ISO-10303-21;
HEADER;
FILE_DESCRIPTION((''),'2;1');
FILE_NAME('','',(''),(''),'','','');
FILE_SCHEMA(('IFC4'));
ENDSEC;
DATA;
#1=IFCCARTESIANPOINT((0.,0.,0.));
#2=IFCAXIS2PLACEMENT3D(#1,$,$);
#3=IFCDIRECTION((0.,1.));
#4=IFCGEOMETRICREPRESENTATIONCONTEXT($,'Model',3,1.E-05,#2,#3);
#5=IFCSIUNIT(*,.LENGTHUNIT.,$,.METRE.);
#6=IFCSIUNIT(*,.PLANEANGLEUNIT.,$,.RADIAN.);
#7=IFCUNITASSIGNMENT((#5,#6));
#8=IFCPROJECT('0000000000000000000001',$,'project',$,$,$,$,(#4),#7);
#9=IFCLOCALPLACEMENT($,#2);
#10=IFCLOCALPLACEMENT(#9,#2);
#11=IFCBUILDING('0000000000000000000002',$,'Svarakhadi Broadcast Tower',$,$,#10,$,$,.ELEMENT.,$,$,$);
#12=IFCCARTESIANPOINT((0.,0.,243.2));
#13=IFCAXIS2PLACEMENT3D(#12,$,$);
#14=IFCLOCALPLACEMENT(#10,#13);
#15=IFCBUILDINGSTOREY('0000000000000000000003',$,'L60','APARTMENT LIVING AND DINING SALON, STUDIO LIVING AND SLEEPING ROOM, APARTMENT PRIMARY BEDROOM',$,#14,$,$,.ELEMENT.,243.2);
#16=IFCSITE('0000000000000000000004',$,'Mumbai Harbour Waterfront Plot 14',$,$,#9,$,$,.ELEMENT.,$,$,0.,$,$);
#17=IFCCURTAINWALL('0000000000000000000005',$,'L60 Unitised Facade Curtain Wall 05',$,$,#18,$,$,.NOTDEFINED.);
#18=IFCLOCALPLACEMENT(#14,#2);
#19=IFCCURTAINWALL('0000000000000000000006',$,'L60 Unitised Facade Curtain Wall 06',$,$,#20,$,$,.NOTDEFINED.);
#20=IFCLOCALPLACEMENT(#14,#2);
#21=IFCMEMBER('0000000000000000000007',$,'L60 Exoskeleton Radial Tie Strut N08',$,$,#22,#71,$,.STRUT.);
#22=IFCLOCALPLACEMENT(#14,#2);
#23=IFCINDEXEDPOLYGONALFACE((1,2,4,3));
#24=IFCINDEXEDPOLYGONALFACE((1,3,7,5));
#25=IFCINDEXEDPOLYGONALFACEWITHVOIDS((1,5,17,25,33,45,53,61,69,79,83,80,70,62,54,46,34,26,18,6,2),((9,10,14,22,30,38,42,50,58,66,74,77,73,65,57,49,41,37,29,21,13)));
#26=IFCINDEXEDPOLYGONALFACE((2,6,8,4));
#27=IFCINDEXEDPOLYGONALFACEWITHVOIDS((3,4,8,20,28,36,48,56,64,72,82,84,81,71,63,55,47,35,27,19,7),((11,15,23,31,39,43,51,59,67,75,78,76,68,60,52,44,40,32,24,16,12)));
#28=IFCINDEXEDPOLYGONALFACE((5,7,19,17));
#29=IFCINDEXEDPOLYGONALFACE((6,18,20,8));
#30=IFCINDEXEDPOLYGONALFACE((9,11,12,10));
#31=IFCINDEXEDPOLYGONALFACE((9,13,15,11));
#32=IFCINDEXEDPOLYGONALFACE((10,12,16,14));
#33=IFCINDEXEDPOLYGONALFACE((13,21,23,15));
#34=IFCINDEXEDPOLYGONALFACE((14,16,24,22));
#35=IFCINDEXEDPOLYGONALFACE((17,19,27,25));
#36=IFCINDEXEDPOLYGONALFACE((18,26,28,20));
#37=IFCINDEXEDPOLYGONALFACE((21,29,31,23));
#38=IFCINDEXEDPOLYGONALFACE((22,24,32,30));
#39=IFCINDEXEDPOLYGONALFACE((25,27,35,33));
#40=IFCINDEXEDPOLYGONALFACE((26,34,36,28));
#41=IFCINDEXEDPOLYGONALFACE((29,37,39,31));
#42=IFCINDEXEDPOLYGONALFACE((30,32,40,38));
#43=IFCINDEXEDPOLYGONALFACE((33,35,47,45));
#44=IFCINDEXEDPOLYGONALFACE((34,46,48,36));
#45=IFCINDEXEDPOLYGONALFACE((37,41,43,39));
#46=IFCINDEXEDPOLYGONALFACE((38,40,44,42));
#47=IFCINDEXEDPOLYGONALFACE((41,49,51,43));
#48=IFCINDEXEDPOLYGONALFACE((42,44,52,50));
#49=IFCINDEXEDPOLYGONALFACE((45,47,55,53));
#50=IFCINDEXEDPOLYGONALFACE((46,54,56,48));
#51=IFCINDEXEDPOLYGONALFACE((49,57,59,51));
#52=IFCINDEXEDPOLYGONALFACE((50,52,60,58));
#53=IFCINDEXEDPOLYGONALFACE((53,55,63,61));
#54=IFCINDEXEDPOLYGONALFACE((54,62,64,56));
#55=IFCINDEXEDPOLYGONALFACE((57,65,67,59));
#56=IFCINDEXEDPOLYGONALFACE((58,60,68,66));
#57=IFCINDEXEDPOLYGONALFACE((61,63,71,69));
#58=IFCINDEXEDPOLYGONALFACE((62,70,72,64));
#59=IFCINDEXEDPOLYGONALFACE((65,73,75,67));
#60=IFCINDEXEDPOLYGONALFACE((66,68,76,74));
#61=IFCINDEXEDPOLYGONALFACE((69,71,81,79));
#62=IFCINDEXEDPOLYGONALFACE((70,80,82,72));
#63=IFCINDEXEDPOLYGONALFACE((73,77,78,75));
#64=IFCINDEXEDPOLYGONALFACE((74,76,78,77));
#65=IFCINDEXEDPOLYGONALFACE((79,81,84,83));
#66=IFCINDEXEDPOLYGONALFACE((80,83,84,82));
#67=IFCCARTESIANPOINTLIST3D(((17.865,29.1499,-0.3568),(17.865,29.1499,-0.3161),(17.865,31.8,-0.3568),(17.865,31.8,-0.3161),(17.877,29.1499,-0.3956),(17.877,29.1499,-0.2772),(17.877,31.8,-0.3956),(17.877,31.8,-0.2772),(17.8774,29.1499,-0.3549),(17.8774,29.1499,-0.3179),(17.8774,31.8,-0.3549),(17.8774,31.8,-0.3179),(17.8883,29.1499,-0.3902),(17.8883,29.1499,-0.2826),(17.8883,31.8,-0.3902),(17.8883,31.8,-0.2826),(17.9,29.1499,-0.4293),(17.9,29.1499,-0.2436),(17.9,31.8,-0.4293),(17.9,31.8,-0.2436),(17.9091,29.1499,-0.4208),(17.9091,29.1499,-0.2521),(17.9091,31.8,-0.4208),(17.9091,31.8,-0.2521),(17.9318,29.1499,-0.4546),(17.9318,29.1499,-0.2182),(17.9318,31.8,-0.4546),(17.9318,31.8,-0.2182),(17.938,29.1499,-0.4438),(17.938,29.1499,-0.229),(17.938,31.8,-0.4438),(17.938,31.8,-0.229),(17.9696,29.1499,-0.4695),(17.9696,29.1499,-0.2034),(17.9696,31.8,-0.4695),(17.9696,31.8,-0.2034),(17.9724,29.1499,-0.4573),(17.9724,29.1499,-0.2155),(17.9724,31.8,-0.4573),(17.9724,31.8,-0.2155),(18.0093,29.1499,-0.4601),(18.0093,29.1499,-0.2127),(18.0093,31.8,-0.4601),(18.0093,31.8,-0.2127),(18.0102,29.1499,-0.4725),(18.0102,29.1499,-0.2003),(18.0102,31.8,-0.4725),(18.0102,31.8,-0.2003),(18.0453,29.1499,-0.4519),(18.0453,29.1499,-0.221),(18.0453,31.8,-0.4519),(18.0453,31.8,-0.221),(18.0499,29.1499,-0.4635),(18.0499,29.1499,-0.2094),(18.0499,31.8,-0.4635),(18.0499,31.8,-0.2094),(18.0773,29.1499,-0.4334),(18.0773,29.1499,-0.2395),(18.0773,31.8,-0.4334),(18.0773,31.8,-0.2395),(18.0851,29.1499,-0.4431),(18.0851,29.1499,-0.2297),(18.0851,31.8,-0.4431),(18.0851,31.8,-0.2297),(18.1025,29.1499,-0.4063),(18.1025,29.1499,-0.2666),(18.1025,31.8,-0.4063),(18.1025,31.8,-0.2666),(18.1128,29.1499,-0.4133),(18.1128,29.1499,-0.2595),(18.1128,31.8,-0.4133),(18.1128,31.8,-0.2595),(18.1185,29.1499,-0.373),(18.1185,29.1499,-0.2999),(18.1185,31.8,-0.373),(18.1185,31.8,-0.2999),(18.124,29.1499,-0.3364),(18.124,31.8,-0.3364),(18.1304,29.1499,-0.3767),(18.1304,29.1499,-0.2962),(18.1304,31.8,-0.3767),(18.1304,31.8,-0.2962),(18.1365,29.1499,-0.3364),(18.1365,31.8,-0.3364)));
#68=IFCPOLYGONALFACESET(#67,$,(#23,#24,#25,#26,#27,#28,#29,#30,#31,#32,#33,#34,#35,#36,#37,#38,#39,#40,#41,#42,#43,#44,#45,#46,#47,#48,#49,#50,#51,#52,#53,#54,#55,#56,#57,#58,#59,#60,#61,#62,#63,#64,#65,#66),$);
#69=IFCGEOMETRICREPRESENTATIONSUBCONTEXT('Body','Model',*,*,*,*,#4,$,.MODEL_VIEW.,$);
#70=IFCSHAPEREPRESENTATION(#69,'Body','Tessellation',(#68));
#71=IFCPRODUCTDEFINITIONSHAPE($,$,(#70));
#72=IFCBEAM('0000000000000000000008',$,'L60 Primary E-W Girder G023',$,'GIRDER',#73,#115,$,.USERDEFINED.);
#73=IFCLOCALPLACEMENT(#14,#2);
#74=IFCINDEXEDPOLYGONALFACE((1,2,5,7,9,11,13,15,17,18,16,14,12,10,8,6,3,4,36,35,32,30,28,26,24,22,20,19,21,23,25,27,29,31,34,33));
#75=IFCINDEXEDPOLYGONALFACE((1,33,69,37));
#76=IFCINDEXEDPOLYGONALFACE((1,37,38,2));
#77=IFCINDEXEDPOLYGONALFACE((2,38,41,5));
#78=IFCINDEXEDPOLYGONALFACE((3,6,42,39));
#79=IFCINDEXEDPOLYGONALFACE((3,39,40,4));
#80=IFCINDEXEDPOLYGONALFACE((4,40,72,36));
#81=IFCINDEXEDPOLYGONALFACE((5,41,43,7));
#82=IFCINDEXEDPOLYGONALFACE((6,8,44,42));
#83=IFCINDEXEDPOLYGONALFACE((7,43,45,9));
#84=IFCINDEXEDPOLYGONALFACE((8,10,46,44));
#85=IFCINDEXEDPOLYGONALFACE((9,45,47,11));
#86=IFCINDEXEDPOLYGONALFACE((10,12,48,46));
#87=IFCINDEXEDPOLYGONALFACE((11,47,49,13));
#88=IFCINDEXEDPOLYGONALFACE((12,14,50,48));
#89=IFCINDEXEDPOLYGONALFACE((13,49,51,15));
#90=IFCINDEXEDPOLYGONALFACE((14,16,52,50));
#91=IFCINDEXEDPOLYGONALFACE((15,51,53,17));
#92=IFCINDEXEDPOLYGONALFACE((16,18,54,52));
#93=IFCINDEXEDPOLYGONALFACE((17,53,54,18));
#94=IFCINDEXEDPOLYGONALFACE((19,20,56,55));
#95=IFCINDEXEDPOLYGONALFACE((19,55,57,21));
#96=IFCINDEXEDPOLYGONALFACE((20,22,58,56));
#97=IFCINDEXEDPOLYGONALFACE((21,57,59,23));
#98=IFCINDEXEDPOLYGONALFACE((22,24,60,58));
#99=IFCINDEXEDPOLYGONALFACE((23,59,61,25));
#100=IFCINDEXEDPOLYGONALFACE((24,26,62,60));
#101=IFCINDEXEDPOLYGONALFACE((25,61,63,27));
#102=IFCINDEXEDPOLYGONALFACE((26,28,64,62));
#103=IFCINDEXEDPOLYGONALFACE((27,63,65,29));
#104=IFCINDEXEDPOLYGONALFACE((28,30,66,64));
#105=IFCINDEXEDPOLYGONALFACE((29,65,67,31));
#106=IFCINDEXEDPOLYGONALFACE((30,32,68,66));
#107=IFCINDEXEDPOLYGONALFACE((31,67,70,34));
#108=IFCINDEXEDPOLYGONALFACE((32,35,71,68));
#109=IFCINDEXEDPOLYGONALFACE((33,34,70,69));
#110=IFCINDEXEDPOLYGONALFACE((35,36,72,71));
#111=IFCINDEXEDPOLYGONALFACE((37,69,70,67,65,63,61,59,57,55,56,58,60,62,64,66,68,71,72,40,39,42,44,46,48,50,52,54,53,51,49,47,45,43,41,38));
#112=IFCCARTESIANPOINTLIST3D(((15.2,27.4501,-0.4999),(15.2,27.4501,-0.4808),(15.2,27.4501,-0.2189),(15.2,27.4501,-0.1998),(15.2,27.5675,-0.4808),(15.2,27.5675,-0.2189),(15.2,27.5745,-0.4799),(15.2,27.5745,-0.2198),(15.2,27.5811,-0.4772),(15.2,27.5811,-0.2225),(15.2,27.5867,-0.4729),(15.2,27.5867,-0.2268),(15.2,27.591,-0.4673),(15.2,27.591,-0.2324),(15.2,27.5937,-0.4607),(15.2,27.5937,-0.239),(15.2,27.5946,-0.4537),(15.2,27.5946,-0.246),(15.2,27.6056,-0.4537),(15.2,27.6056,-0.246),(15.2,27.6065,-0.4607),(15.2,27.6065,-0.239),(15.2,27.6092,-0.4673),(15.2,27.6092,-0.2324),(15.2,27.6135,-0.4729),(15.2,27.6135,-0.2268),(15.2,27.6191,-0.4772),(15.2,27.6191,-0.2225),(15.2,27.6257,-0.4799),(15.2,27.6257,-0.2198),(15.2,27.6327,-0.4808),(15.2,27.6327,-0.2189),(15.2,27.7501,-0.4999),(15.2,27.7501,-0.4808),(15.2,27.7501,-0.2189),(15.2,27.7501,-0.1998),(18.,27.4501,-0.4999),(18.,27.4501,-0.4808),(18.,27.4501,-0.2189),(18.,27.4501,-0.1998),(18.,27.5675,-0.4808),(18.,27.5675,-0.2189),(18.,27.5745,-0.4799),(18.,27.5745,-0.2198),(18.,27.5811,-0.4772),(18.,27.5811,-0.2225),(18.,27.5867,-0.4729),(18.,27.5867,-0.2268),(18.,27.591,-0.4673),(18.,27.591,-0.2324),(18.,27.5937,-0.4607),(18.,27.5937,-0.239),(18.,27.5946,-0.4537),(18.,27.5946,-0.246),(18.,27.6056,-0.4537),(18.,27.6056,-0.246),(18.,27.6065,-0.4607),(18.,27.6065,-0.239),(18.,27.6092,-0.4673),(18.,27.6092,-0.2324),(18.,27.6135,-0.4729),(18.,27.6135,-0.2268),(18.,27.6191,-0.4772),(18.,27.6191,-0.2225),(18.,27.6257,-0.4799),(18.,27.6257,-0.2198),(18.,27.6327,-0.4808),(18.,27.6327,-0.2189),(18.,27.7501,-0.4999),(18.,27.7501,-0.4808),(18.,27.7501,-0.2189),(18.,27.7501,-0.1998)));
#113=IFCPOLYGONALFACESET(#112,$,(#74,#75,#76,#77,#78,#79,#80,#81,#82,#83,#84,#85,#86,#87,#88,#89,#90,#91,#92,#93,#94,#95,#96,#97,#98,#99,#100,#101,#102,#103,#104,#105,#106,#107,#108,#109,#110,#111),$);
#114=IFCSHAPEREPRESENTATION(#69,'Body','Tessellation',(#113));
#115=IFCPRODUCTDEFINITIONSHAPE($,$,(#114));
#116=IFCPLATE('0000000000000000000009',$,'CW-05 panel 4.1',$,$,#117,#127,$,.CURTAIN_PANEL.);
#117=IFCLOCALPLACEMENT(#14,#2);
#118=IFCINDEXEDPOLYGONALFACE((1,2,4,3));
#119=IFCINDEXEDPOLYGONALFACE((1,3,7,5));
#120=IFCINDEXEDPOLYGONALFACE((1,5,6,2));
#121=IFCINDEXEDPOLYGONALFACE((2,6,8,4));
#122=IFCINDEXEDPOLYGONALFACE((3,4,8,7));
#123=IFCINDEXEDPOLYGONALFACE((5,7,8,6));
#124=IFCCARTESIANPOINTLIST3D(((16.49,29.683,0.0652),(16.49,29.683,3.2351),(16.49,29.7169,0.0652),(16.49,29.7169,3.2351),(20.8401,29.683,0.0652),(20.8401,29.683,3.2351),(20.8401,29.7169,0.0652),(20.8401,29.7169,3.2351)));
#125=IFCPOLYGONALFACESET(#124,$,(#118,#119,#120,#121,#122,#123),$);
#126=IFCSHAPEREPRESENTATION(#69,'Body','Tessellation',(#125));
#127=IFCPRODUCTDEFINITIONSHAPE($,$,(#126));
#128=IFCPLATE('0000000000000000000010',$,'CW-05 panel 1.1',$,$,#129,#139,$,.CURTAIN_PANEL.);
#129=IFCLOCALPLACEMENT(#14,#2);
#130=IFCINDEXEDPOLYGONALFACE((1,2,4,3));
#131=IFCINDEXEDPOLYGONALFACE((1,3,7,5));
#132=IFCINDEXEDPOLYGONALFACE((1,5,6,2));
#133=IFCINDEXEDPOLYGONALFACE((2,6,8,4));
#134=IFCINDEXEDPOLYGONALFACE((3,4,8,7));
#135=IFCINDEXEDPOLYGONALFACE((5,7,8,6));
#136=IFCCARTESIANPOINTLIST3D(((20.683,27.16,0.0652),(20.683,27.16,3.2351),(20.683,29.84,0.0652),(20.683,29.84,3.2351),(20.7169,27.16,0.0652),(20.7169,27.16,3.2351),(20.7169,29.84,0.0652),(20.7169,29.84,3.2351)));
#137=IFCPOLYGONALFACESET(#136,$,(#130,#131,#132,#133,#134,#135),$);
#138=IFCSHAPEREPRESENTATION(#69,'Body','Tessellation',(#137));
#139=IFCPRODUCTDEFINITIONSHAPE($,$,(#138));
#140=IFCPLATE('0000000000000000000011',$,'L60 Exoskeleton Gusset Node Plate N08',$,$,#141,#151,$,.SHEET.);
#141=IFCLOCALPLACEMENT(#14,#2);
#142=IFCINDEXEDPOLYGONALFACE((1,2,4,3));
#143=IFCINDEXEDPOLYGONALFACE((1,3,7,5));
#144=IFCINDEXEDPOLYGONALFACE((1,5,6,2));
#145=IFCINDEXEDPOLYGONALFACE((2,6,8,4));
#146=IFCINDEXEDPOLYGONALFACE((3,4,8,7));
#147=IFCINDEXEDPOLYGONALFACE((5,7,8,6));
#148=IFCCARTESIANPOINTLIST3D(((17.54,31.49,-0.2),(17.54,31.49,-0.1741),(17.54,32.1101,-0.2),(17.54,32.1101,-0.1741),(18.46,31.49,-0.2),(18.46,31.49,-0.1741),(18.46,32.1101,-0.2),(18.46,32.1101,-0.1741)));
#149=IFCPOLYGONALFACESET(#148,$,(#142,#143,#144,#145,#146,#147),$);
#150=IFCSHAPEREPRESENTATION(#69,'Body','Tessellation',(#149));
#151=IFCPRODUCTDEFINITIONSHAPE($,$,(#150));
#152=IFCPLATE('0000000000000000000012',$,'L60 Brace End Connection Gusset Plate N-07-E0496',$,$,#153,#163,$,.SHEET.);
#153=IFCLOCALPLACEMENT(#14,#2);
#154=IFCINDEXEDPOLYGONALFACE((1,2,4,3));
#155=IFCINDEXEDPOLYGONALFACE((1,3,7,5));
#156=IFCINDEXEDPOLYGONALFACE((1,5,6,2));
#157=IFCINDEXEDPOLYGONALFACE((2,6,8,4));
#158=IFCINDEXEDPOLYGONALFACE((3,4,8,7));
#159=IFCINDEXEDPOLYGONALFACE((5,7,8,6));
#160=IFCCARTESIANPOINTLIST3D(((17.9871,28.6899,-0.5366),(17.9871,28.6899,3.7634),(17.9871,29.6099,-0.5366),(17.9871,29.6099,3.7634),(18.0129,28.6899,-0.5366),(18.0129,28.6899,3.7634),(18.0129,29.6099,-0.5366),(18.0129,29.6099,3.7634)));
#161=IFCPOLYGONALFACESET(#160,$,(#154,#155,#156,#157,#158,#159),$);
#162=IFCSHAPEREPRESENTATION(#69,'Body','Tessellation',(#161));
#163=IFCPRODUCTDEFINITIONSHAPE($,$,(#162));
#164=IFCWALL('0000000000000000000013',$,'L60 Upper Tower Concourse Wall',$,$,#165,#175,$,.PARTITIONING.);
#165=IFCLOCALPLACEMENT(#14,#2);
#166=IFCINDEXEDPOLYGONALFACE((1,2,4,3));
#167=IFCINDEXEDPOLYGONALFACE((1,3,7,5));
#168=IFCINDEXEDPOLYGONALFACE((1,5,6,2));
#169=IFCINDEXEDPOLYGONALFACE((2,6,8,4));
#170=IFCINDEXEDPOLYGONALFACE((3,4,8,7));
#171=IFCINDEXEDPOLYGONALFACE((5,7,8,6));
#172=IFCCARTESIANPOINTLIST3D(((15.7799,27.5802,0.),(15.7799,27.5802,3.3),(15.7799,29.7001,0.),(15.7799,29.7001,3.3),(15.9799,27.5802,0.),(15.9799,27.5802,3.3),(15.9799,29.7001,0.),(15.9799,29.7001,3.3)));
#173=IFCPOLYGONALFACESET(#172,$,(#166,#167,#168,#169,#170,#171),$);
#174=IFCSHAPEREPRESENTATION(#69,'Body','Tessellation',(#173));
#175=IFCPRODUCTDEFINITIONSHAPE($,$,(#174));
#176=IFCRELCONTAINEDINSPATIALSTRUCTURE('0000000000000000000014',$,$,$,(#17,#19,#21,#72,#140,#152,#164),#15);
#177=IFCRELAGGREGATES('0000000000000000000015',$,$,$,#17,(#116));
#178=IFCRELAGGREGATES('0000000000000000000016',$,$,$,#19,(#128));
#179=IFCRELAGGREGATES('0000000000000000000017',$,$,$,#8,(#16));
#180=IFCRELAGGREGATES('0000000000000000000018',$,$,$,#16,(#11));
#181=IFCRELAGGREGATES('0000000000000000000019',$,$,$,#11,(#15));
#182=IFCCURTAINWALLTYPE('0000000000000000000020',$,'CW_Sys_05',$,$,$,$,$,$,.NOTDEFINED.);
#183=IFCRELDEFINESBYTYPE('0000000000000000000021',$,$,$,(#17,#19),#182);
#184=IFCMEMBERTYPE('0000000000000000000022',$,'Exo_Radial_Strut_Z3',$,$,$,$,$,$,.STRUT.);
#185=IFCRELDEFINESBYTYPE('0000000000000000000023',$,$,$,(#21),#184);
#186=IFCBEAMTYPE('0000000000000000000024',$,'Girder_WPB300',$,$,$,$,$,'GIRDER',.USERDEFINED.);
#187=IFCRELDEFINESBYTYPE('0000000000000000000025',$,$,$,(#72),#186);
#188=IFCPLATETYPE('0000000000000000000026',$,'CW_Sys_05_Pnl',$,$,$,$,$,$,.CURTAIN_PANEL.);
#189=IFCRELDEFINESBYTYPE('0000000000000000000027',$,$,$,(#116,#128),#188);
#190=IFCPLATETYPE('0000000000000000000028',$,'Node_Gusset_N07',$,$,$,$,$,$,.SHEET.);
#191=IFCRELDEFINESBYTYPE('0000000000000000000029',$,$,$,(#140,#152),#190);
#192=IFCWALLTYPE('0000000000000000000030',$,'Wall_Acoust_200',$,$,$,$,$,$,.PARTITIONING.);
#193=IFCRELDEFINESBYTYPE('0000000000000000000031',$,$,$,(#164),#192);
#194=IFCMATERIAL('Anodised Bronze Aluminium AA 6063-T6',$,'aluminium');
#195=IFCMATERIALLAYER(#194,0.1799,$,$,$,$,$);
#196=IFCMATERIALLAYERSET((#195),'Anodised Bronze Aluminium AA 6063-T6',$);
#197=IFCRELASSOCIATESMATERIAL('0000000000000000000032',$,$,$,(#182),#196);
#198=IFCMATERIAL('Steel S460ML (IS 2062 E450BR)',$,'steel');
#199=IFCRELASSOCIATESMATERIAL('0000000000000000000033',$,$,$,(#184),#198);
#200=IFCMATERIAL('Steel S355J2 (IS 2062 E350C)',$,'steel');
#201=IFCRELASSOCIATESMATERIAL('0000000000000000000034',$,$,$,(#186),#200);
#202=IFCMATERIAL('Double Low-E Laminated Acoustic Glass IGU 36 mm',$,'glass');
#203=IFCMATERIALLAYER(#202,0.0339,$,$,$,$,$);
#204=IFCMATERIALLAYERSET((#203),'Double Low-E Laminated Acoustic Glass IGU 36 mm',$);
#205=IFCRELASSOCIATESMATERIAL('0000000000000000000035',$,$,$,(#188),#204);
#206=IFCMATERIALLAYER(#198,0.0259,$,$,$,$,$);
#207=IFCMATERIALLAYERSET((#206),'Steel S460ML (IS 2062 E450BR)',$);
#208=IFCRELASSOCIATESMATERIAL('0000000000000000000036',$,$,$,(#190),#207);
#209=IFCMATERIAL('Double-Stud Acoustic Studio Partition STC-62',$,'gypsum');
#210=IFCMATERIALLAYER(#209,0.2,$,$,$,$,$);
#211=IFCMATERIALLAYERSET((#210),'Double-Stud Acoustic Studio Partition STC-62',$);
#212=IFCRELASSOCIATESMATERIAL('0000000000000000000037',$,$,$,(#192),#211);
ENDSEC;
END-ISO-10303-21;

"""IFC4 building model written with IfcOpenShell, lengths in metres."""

from ifc_helpers import new_model, si_unit, direction, frame, frame_2d, origin, origin_2d, place, context, subcontext, project, spatial, rectangle, hollow_circle, i_section, extrude, material, layer, layer_set, material_profile, profile_set, type_object, element, aggregate, save


model = new_model("IFC4")

# Units and contexts
model_context = context("Model", 3, precision=1e-05, world=origin(), true_north=direction((0.0, 1.0)))
body_context = subcontext(model_context, "Body", "Model", "MODEL_VIEW")
ifc_project = project(units=[si_unit("LENGTHUNIT", "METRE"), si_unit("PLANEANGLEUNIT", "RADIAN")], contexts=[model_context])

# Site, building, storey
site_placement = place(None, origin())
site = spatial("IfcSite", under=ifc_project, at=site_placement, Name="Mumbai Harbour Waterfront Plot 14", CompositionType="ELEMENT", RefElevation=0.0)
building_placement = place(site_placement, origin())
building = spatial("IfcBuilding", under=site, at=building_placement, Name="Svarakhadi Broadcast Tower", CompositionType="ELEMENT")
storey_placement = place(building_placement, frame((0.0, 0.0, 243.2)))
storey = spatial("IfcBuildingStorey", under=building, at=storey_placement, Name="L60", Description="APARTMENT LIVING AND DINING SALON, STUDIO LIVING AND SLEEPING ROOM, APARTMENT PRIMARY BEDROOM", CompositionType="ELEMENT", Elevation=243.2)

# Shared definitions
ifc_material_1 = material(Name="Steel S460ML (IS 2062 E450BR)", Category="steel")

# Curtain walls
ifc_material_2 = material(Name="Anodised Bronze Aluminium AA 6063-T6", Category="aluminium")
ifc_layer_1 = layer(ifc_material_2, 0.1799)
ifc_layer_set_1 = layer_set([ifc_layer_1], Name="Anodised Bronze Aluminium AA 6063-T6")
curtain_wall_type = type_object("IfcCurtainWallType", Name="CW_Sys_05", PredefinedType="NOTDEFINED", material=ifc_layer_set_1)
curtain_wall_1_placement = place(storey_placement, origin())
curtain_wall_1 = element("IfcCurtainWall", 1, at=curtain_wall_1_placement, inside=storey, type_object=curtain_wall_type, Name="L60 Unitised Facade Curtain Wall 05", PredefinedType="NOTDEFINED")
curtain_wall_2_placement = place(storey_placement, origin())
curtain_wall_2 = element("IfcCurtainWall", 2, at=curtain_wall_2_placement, inside=storey, type_object=curtain_wall_type, Name="L60 Unitised Facade Curtain Wall 06", PredefinedType="NOTDEFINED")

# Member
ifc_material_profile_1 = material_profile(ifc_material_1, hollow_circle(Radius=0.1365, WallThickness=0.0125, at=origin_2d()), Name="CHS 273x12.5")
ifc_profile_set_1 = profile_set([ifc_material_profile_1], Name="Steel S460ML (IS 2062 E450BR)")
member_type_1 = type_object("IfcMemberType", Name="Exo_Radial_Strut_Z3", PredefinedType="STRUT", material=ifc_profile_set_1)
member_1_placement = place(storey_placement, frame((18.0, 31.8, -0.3364), z_axis=(0.0, -1.0, 0.0), x_axis=(1.0, 0.0, 0.0)))
element("IfcMember", 3, at=member_1_placement, inside=storey, type_object=member_type_1, Name="L60 Exoskeleton Radial Tie Strut N08", PredefinedType="STRUT", context=body_context, shape_type="SweptSolid", body=[
    extrude(hollow_circle(Radius=0.1365, WallThickness=0.0125, at=origin_2d()), origin(), (0.0, 0.0, 1.0), 2.6501),
])

# Beam
ifc_material_3 = material(Name="Steel S355J2 (IS 2062 E350C)", Category="steel")
ifc_material_profile_2 = material_profile(ifc_material_3, i_section(OverallWidth=0.3, OverallDepth=0.3, WebThickness=0.011, FlangeThickness=0.019, FilletRadius=0.0271, at=origin_2d()), Name="WPB 300x300x117")
ifc_profile_set_2 = profile_set([ifc_material_profile_2], Name="Steel S355J2 (IS 2062 E350C)")
beam_type = type_object("IfcBeamType", Name="Girder_WPB300", ElementType="GIRDER", PredefinedType="USERDEFINED", material=ifc_profile_set_2)
beam_placement = place(storey_placement, frame((15.2, 27.6001, -0.3499), z_axis=(1.0, 0.0, 0.0), x_axis=(0.0, 1.0, 0.0)))
element("IfcBeam", 4, at=beam_placement, inside=storey, type_object=beam_type, Name="L60 Primary E-W Girder G023", ObjectType="GIRDER", PredefinedType="USERDEFINED", context=body_context, shape_type="SweptSolid", body=[
    extrude(i_section(OverallWidth=0.3, OverallDepth=0.3, WebThickness=0.011, FlangeThickness=0.019, FilletRadius=0.0271, at=origin_2d()), origin(), (0.0, 0.0, 1.0), 2.8),
])

# Plates
ifc_material_4 = material(Name="Double Low-E Laminated Acoustic Glass IGU 36 mm", Category="glass")
ifc_layer_2 = layer(ifc_material_4, 0.0339)
ifc_layer_set_2 = layer_set([ifc_layer_2], Name="Double Low-E Laminated Acoustic Glass IGU 36 mm")
plate_type_1 = type_object("IfcPlateType", Name="CW_Sys_05_Pnl", PredefinedType="CURTAIN_PANEL", material=ifc_layer_set_2)
plate_1_placement = place(storey_placement, frame((18.665, 29.7, 0.0652), z_axis=(0.0, 0.0, 1.0), x_axis=(1.0, 0.0, 0.0)))
plate_1 = element("IfcPlate", 5, at=plate_1_placement, type_object=plate_type_1, Name="CW-05 panel 4.1", PredefinedType="CURTAIN_PANEL", context=body_context, shape_type="SweptSolid", body=[
    extrude(rectangle(XDim=4.3501, YDim=0.0339, at=origin_2d()), origin(), (0.0, 0.0, 1.0), 3.1699),
])
aggregate(curtain_wall_1, [plate_1])
plate_2_placement = place(storey_placement, frame((20.7, 28.5, 0.0652), z_axis=(0.0, 0.0, 1.0), x_axis=(0.0, -1.0, 0.0)))
plate_2 = element("IfcPlate", 6, at=plate_2_placement, type_object=plate_type_1, Name="CW-05 panel 1.1", PredefinedType="CURTAIN_PANEL", context=body_context, shape_type="SweptSolid", body=[
    extrude(rectangle(XDim=2.6799, YDim=0.0339, at=origin_2d()), origin(), (0.0, 0.0, 1.0), 3.1699),
])
aggregate(curtain_wall_2, [plate_2])

# Plates
ifc_layer_3 = layer(ifc_material_1, 0.0259)
ifc_layer_set_3 = layer_set([ifc_layer_3], Name="Steel S460ML (IS 2062 E450BR)")
plate_type_2 = type_object("IfcPlateType", Name="Node_Gusset_N07", PredefinedType="SHEET", material=ifc_layer_set_3)
plate_3_placement = place(storey_placement, frame((18.0, 31.8, -0.2), z_axis=(0.0, 0.0, 1.0), x_axis=(1.0, 0.0, 0.0)))
element("IfcPlate", 7, at=plate_3_placement, inside=storey, type_object=plate_type_2, Name="L60 Exoskeleton Gusset Node Plate N08", PredefinedType="SHEET", context=body_context, shape_type="SweptSolid", body=[
    extrude(rectangle(XDim=0.9199, YDim=0.6201, at=origin_2d()), origin(), (0.0, 0.0, 1.0), 0.0259),
])
plate_4_placement = place(storey_placement, frame((18.0, 29.1499, -0.5366), z_axis=(0.0, 0.0, 1.0), x_axis=(0.0, 1.0, 0.0)))
element("IfcPlate", 8, at=plate_4_placement, inside=storey, type_object=plate_type_2, Name="L60 Brace End Connection Gusset Plate N-07-E0496", PredefinedType="SHEET", context=body_context, shape_type="SweptSolid", body=[
    extrude(rectangle(XDim=0.9199, YDim=0.0259, at=origin_2d()), origin(), (0.0, 0.0, 1.0), 4.3),
])

# Wall
ifc_material_5 = material(Name="Double-Stud Acoustic Studio Partition STC-62", Category="gypsum")
ifc_layer_4 = layer(ifc_material_5, 0.2)
ifc_layer_set_4 = layer_set([ifc_layer_4], Name="Double-Stud Acoustic Studio Partition STC-62")
wall_type = type_object("IfcWallType", Name="Wall_Acoust_200", PredefinedType="PARTITIONING", material=ifc_layer_set_4)
wall_1_placement = place(storey_placement, frame((15.8799, 27.5801, 0.0), z_axis=(0.0, 0.0, 1.0), x_axis=(0.0, 1.0, 0.0)))
element("IfcWall", 9, at=wall_1_placement, inside=storey, type_object=wall_type, Name="L60 Upper Tower Concourse Wall", PredefinedType="PARTITIONING", context=body_context, shape_type="SweptSolid", body=[
    extrude(rectangle(XDim=2.1199, YDim=0.2, at=frame_2d((1.0601, 0.0))), origin(), (0.0, 0.0, 1.0), 3.3),
])

save(model, "model.ifc")
